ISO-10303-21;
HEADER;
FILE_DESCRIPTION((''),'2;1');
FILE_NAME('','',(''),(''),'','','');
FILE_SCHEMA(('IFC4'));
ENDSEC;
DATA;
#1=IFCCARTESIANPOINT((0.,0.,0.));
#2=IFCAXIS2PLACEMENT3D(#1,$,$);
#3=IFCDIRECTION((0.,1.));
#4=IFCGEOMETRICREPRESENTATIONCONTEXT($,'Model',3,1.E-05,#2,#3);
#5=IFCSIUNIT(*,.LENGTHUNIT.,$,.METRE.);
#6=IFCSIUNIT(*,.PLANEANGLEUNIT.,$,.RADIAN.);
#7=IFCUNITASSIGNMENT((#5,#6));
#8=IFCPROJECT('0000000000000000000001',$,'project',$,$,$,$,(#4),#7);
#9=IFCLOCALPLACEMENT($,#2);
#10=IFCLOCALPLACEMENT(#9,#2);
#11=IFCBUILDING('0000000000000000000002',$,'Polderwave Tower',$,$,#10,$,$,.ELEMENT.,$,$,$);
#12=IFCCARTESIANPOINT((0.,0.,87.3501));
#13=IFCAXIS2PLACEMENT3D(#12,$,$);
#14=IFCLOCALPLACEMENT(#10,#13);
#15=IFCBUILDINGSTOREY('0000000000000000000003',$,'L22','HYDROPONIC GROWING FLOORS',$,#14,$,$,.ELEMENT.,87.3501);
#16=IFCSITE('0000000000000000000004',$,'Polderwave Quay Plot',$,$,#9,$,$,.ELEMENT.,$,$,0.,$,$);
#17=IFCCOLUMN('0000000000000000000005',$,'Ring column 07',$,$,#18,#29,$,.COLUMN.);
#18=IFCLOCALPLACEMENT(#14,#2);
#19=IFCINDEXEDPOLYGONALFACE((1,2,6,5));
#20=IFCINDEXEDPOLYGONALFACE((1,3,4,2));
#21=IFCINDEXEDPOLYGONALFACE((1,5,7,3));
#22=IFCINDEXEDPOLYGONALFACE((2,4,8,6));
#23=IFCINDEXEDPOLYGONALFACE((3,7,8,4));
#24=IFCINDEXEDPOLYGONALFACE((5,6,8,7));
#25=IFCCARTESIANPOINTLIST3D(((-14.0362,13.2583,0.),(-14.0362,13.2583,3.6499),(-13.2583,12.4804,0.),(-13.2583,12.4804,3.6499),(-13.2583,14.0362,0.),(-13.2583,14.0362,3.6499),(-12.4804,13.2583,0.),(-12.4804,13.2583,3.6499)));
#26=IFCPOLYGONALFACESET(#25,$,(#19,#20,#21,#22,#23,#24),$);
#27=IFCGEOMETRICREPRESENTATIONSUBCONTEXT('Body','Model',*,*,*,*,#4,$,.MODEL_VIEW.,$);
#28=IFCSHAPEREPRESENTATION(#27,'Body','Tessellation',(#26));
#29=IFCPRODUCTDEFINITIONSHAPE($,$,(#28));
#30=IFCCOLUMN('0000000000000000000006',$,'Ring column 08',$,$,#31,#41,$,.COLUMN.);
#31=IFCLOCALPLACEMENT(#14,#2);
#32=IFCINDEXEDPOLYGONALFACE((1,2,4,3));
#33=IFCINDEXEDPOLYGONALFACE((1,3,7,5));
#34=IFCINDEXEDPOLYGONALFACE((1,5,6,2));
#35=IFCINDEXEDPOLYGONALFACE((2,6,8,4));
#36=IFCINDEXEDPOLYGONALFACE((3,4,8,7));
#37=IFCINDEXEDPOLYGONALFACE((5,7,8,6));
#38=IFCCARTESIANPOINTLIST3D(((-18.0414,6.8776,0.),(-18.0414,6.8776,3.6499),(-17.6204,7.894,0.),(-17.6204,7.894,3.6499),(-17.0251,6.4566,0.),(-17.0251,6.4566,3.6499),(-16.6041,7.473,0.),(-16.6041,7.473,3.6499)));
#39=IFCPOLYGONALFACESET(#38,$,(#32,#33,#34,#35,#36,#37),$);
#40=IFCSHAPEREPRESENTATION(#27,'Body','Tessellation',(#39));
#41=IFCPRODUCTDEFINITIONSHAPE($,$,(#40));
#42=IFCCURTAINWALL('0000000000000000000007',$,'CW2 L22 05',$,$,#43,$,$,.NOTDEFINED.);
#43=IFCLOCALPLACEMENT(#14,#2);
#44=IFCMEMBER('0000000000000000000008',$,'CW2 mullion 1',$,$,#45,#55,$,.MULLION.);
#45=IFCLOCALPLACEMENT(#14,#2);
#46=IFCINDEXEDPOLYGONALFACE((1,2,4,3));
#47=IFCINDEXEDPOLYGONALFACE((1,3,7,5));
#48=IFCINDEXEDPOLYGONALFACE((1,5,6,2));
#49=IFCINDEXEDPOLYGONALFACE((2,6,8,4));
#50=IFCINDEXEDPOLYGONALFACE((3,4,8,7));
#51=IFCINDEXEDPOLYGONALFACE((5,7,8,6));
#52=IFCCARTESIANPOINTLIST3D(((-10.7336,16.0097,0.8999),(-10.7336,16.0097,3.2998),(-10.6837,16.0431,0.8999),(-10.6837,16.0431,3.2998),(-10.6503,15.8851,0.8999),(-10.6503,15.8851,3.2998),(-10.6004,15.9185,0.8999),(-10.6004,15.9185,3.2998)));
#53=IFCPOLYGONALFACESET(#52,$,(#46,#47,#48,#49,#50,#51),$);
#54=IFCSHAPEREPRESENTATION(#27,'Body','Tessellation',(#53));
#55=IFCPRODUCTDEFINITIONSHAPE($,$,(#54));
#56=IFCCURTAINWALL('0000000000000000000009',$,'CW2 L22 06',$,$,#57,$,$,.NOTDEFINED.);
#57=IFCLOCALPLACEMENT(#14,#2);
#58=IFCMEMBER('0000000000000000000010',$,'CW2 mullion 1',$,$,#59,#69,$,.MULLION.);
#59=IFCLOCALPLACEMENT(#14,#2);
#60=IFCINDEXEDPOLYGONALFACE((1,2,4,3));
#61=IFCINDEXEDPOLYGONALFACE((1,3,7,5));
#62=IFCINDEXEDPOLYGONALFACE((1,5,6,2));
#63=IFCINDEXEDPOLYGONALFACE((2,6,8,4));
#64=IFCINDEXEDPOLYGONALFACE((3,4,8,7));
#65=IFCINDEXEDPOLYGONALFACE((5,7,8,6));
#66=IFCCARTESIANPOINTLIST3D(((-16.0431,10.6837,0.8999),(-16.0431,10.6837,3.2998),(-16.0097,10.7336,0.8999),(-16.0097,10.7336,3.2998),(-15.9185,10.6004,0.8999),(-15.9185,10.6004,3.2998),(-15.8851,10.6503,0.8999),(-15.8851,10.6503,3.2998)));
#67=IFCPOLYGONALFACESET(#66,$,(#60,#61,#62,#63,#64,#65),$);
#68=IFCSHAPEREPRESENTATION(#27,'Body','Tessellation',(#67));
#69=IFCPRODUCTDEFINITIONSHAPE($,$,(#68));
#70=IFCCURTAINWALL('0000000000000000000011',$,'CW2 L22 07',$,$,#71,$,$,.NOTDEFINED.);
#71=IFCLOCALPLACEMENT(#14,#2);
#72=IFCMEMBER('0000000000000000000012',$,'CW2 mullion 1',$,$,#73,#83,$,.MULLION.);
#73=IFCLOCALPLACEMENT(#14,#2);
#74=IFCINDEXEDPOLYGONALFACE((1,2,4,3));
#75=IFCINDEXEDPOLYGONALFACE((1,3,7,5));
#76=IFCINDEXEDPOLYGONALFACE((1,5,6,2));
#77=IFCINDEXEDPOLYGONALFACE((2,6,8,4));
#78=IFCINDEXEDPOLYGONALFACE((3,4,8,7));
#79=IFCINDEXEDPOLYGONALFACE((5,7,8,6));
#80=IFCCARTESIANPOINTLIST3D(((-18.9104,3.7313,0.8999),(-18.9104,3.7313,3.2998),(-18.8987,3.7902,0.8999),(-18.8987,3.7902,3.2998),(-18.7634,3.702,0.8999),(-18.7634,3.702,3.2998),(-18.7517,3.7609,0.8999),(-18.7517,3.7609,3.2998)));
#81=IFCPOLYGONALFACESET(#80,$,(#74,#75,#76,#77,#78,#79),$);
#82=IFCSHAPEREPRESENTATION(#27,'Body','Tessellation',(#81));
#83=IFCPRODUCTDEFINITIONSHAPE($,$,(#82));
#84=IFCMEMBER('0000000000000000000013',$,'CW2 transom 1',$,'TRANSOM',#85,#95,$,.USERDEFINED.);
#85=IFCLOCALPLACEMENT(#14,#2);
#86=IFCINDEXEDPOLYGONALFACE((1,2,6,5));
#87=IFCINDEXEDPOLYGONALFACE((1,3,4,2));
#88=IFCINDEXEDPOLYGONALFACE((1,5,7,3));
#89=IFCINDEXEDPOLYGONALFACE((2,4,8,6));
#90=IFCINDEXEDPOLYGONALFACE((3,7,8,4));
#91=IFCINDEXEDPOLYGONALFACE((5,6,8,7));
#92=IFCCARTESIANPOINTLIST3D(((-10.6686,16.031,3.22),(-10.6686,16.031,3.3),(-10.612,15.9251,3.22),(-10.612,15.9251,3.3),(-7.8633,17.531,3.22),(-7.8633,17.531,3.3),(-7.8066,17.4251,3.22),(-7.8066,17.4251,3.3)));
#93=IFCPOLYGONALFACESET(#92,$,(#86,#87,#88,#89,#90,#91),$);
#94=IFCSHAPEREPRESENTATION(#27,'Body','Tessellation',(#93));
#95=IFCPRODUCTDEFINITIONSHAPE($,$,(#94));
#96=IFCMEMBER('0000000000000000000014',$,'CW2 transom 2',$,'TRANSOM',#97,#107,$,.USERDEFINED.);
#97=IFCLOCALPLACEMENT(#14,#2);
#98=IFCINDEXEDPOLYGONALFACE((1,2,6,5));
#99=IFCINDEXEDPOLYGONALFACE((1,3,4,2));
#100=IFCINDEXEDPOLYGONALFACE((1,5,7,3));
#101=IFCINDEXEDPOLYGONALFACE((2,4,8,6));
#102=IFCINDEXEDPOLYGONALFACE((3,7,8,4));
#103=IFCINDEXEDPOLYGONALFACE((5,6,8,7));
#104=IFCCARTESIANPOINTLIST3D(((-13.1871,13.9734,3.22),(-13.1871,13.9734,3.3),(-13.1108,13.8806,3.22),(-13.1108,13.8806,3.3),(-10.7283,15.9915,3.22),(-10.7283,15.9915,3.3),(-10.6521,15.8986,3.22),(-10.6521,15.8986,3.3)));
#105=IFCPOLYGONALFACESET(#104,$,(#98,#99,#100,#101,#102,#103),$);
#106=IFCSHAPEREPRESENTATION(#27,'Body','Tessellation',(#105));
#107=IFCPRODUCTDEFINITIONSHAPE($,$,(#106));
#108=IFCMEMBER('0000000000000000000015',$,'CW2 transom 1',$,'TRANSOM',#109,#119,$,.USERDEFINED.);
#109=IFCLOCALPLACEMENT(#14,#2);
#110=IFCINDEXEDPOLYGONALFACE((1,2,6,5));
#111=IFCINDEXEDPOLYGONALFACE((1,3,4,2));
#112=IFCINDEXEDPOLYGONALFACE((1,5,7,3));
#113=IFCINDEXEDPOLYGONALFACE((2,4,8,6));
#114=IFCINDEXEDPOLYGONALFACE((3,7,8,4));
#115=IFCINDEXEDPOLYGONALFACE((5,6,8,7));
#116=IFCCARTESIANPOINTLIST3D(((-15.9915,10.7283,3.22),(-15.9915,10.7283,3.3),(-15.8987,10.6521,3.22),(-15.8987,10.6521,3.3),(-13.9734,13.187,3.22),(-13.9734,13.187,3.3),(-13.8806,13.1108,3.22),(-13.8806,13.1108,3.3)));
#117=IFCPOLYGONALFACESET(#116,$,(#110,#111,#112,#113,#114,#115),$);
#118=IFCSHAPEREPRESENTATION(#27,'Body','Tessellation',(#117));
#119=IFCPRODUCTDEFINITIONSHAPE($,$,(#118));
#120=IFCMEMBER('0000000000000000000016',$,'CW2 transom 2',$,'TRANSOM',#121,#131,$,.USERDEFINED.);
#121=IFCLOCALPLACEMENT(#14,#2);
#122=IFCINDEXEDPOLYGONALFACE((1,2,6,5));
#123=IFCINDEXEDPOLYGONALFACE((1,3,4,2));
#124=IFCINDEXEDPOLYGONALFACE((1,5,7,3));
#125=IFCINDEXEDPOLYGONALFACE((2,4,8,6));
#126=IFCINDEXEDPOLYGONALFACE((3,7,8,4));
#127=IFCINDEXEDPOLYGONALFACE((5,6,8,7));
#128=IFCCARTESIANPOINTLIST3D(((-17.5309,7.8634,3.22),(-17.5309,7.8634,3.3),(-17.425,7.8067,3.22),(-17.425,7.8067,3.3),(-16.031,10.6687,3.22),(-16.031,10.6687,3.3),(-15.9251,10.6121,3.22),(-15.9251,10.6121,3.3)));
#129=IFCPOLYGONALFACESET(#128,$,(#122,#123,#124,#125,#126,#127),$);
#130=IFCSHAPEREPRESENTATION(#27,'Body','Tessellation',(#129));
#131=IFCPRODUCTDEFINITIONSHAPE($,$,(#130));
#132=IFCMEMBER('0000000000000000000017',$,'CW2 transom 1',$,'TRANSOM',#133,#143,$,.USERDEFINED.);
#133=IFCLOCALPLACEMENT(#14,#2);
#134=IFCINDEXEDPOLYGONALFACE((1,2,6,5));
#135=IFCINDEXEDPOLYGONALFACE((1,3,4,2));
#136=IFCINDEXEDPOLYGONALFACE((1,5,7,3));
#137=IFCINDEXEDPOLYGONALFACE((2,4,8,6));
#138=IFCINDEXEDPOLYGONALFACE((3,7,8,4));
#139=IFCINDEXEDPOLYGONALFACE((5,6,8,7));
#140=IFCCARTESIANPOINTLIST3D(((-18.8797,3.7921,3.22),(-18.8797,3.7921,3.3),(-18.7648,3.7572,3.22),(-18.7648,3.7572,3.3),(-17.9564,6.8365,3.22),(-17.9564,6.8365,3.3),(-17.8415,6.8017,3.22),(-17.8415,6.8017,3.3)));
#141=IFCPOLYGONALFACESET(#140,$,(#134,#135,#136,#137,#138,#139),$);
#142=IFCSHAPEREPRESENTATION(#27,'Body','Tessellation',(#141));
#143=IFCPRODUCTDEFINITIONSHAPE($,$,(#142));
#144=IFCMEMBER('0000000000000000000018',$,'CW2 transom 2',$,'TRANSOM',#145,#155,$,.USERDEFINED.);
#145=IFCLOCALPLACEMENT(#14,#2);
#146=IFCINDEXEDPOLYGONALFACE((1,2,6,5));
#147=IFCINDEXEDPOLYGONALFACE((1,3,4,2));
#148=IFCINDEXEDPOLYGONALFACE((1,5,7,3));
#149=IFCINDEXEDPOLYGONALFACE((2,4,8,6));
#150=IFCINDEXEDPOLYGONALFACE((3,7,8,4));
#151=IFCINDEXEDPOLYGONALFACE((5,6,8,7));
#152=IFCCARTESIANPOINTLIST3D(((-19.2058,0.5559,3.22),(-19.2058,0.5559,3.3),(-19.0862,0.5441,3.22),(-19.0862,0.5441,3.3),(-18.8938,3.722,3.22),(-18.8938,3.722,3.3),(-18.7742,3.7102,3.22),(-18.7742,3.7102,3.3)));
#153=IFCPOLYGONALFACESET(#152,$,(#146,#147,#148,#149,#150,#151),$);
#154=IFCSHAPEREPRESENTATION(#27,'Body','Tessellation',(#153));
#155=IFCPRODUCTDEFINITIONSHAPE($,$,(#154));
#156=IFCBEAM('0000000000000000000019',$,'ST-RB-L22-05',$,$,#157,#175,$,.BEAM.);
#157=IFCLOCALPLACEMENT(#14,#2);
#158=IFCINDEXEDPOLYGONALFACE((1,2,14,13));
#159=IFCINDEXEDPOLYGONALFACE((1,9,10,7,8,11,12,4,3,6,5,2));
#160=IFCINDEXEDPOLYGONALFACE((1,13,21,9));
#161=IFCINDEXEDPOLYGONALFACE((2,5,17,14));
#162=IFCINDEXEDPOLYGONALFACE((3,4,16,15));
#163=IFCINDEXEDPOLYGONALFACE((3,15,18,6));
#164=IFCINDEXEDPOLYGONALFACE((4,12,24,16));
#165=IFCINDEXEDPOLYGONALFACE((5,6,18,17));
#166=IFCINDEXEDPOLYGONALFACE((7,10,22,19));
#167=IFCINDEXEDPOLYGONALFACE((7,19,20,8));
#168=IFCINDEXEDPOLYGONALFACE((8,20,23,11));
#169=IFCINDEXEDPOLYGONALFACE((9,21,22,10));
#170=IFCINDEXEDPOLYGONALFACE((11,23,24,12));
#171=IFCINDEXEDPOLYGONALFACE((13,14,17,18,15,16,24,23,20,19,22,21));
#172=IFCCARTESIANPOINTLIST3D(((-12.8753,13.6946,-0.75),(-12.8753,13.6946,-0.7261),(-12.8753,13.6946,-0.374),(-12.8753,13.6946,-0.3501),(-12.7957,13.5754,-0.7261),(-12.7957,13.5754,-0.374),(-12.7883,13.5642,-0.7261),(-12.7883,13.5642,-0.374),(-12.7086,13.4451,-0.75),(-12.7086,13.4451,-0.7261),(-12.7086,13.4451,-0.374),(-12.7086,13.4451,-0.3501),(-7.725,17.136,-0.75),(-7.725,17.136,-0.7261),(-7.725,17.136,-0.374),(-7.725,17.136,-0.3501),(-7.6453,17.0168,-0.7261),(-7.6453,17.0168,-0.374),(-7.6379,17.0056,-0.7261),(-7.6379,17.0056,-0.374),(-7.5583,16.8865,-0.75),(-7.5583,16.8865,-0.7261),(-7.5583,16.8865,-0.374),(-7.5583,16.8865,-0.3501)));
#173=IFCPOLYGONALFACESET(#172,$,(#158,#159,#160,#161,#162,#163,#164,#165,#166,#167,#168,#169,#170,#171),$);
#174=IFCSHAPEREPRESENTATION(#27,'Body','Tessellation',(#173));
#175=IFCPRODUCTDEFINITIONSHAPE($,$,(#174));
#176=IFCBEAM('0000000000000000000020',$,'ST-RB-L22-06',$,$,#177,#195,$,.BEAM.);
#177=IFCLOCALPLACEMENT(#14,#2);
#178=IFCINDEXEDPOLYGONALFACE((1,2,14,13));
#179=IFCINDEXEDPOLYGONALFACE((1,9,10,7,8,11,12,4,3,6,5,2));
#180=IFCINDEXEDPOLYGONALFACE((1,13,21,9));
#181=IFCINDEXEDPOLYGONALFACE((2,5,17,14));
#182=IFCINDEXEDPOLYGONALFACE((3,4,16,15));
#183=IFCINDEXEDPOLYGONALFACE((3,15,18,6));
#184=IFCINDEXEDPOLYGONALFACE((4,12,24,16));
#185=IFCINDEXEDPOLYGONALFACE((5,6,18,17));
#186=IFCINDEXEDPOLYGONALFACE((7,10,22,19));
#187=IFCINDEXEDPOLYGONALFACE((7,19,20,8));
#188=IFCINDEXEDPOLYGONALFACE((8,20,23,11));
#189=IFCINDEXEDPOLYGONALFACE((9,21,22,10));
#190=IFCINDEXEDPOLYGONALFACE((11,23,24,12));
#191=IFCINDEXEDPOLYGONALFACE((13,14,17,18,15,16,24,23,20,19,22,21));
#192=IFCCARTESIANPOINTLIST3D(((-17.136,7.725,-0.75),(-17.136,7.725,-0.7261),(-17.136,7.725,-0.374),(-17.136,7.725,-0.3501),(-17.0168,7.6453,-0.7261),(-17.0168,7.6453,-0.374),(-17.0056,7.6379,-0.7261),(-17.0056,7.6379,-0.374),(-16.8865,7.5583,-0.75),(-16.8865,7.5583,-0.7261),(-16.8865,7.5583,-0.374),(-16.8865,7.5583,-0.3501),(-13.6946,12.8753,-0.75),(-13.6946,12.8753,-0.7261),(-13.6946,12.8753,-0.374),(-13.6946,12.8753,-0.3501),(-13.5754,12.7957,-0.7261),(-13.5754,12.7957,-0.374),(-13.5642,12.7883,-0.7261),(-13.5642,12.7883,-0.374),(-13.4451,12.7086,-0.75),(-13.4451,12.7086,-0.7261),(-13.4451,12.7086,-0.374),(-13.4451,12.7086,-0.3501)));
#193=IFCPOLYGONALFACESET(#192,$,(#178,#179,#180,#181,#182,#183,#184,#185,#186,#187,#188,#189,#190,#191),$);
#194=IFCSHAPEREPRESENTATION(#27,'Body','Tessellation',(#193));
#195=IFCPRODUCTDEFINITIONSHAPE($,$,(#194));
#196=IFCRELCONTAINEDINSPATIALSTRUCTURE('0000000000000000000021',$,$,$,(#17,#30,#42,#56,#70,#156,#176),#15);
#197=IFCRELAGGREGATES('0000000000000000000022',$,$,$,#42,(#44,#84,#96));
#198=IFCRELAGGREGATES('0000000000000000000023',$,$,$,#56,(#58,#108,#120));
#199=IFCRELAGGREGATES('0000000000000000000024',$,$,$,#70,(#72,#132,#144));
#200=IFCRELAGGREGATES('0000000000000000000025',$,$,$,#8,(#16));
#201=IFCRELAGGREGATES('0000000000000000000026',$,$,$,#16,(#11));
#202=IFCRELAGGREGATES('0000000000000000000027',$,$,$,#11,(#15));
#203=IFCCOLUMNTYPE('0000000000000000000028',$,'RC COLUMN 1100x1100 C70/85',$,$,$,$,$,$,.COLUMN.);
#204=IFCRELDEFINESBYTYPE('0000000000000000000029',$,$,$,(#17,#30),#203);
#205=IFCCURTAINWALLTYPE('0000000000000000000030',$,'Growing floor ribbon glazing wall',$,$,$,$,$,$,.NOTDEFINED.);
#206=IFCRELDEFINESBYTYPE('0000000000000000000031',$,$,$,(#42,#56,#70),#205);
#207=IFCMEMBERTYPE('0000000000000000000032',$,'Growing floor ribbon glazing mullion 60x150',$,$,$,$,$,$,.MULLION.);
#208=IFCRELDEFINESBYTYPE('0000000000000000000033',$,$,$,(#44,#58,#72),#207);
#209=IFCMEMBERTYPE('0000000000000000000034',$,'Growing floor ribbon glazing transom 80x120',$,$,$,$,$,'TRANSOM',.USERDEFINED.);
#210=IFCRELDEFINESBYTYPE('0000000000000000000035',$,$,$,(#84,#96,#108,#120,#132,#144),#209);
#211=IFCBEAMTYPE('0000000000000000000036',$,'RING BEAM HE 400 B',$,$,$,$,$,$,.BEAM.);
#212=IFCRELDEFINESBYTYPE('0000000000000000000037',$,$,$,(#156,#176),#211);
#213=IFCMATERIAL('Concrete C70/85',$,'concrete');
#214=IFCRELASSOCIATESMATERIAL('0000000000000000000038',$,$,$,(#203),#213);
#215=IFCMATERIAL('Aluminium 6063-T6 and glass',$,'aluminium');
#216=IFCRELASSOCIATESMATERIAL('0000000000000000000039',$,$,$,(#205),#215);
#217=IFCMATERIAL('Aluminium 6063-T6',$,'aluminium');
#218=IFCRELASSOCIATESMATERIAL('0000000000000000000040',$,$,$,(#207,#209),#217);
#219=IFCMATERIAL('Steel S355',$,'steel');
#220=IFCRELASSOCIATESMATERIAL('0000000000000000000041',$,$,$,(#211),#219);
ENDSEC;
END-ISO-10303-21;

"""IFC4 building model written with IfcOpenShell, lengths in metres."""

from ifc_helpers import new_model, si_unit, direction, frame, origin, origin_2d, place, context, subcontext, project, spatial, rectangle, i_section, extrude, material, material_profile, profile_set, type_object, element, aggregate, save


model = new_model("IFC4")

# Units and contexts
model_context = context("Model", 3, precision=1e-05, world=origin(), true_north=direction((0.0, 1.0)))
body_context = subcontext(model_context, "Body", "Model", "MODEL_VIEW")
ifc_project = project(units=[si_unit("LENGTHUNIT", "METRE"), si_unit("PLANEANGLEUNIT", "RADIAN")], contexts=[model_context])

# Site, building, storey
site_placement = place(None, origin())
site = spatial("IfcSite", under=ifc_project, at=site_placement, Name="Polderwave Quay Plot", CompositionType="ELEMENT", RefElevation=0.0)
building_placement = place(site_placement, origin())
building = spatial("IfcBuilding", under=site, at=building_placement, Name="Polderwave Tower", CompositionType="ELEMENT")
storey_placement = place(building_placement, frame((0.0, 0.0, 87.3501)))
storey = spatial("IfcBuildingStorey", under=building, at=storey_placement, Name="L22", Description="HYDROPONIC GROWING FLOORS", CompositionType="ELEMENT", Elevation=87.3501)

# Columns
ifc_material_1 = material(Name="Concrete C70/85", Category="concrete")
ifc_material_profile_1 = material_profile(ifc_material_1, rectangle(XDim=1.1001, YDim=1.1001, at=origin_2d()), Name="RC 1100x1100")
ifc_profile_set_1 = profile_set([ifc_material_profile_1], Name="Concrete C70/85")
column_type = type_object("IfcColumnType", Name="RC COLUMN 1100x1100 C70/85", PredefinedType="COLUMN", material=ifc_profile_set_1)
for number, where, z_axis, x_axis, name in (
    (1, (-13.2583, 13.2583, 0.0), (0.0, 0.0, 1.0), (-0.707107, 0.707107, 0.0), "Ring column 07"),
    (2, (-17.3228, 7.1753, 0.0), (0.0, 0.0, 1.0), (-0.92388, 0.382683, 0.0), "Ring column 08"),
):
    element("IfcColumn", number, at=place(storey_placement, frame(where, z_axis=z_axis, x_axis=x_axis)), inside=storey, type_object=column_type, Name=name, PredefinedType="COLUMN", context=body_context, shape_type="SweptSolid", body=[
        extrude(rectangle(XDim=1.1001, YDim=1.1001, at=origin_2d()), origin(), (0.0, 0.0, 1.0), 3.6499),
    ])

# Curtain walls, members
ifc_material_2 = material(Name="Aluminium 6063-T6 and glass", Category="aluminium")
curtain_wall_type = type_object("IfcCurtainWallType", Name="Growing floor ribbon glazing wall", PredefinedType="NOTDEFINED", material=ifc_material_2)
curtain_wall_1_placement = place(storey_placement, origin())
curtain_wall_1 = element("IfcCurtainWall", 3, at=curtain_wall_1_placement, inside=storey, type_object=curtain_wall_type, Name="CW2 L22 05", PredefinedType="NOTDEFINED")
ifc_material_3 = material(Name="Aluminium 6063-T6", Category="aluminium")
ifc_material_profile_2 = material_profile(ifc_material_3, rectangle(XDim=0.1499, YDim=0.0601, at=origin_2d()), Name="AL 60x150")
ifc_profile_set_2 = profile_set([ifc_material_profile_2], Name="Aluminium 6063-T6")
member_type_1 = type_object("IfcMemberType", Name="Growing floor ribbon glazing mullion 60x150", PredefinedType="MULLION", material=ifc_profile_set_2)
member_1_placement = place(storey_placement, frame((-10.667, 15.9641, 0.8999), z_axis=(0.0, 0.0, 1.0), x_axis=(0.555608, -0.831444, 0.0)))
member_1 = element("IfcMember", 4, at=member_1_placement, type_object=member_type_1, Name="CW2 mullion 1", PredefinedType="MULLION", context=body_context, shape_type="SweptSolid", body=[
    extrude(rectangle(XDim=0.1499, YDim=0.0601, at=origin_2d()), origin(), (0.0, 0.0, 1.0), 2.3999),
])
curtain_wall_2_placement = place(storey_placement, origin())
curtain_wall_2 = element("IfcCurtainWall", 5, at=curtain_wall_2_placement, inside=storey, type_object=curtain_wall_type, Name="CW2 L22 06", PredefinedType="NOTDEFINED")
member_2_placement = place(storey_placement, frame((-15.9641, 10.667, 0.8999), z_axis=(0.0, 0.0, 1.0), x_axis=(0.831444, -0.555608, 0.0)))
member_2 = element("IfcMember", 6, at=member_2_placement, type_object=member_type_1, Name="CW2 mullion 1", PredefinedType="MULLION", context=body_context, shape_type="SweptSolid", body=[
    extrude(rectangle(XDim=0.1499, YDim=0.0601, at=origin_2d()), origin(), (0.0, 0.0, 1.0), 2.3999),
])
curtain_wall_3_placement = place(storey_placement, origin())
curtain_wall_3 = element("IfcCurtainWall", 7, at=curtain_wall_3_placement, inside=storey, type_object=curtain_wall_type, Name="CW2 L22 07", PredefinedType="NOTDEFINED")
member_3_placement = place(storey_placement, frame((-18.8311, 3.7461, 0.8999), z_axis=(0.0, 0.0, 1.0), x_axis=(0.980784, -0.195097, 0.0)))
member_3 = element("IfcMember", 8, at=member_3_placement, type_object=member_type_1, Name="CW2 mullion 1", PredefinedType="MULLION", context=body_context, shape_type="SweptSolid", body=[
    extrude(rectangle(XDim=0.1499, YDim=0.0601, at=origin_2d()), origin(), (0.0, 0.0, 1.0), 2.3999),
])

# Members
ifc_material_profile_3 = material_profile(ifc_material_3, rectangle(XDim=0.1201, YDim=0.0801, at=origin_2d()), Name="AL 80x120")
ifc_profile_set_3 = profile_set([ifc_material_profile_3], Name="Aluminium 6063-T6")
member_type_2 = type_object("IfcMemberType", Name="Growing floor ribbon glazing transom 80x120", ElementType="TRANSOM", PredefinedType="USERDEFINED", material=ifc_profile_set_3)
member_4_placement = place(storey_placement, frame((-7.835, 17.478, 3.26), z_axis=(-0.88186, -0.471512, 0.0), x_axis=(0.471512, -0.88186, 0.0)))
member_4 = element("IfcMember", 9, at=member_4_placement, type_object=member_type_2, Name="CW2 transom 1", ObjectType="TRANSOM", PredefinedType="USERDEFINED", context=body_context, shape_type="SweptSolid", body=[
    extrude(rectangle(XDim=0.1201, YDim=0.0801, at=origin_2d()), origin(), (0.0, 0.0, 1.0), 3.1812),
])
member_5_placement = place(storey_placement, frame((-10.6902, 15.9451, 3.26), z_axis=(-0.772975, -0.634437, 0.0), x_axis=(0.634437, -0.772975, 0.0)))
member_5 = element("IfcMember", 10, at=member_5_placement, type_object=member_type_2, Name="CW2 transom 2", ObjectType="TRANSOM", PredefinedType="USERDEFINED", context=body_context, shape_type="SweptSolid", body=[
    extrude(rectangle(XDim=0.1201, YDim=0.0801, at=origin_2d()), origin(), (0.0, 0.0, 1.0), 3.1809),
])
member_6_placement = place(storey_placement, frame((-13.927, 13.1489, 3.26), z_axis=(-0.634437, -0.772975, 0.0), x_axis=(0.772975, -0.634437, 0.0)))
member_6 = element("IfcMember", 11, at=member_6_placement, type_object=member_type_2, Name="CW2 transom 1", ObjectType="TRANSOM", PredefinedType="USERDEFINED", context=body_context, shape_type="SweptSolid", body=[
    extrude(rectangle(XDim=0.1201, YDim=0.0801, at=origin_2d()), origin(), (0.0, 0.0, 1.0), 3.1809),
])
member_7_placement = place(storey_placement, frame((-15.978, 10.6404, 3.26), z_axis=(-0.471512, -0.88186, 0.0), x_axis=(0.88186, -0.471512, 0.0)))
member_7 = element("IfcMember", 12, at=member_7_placement, type_object=member_type_2, Name="CW2 transom 2", ObjectType="TRANSOM", PredefinedType="USERDEFINED", context=body_context, shape_type="SweptSolid", body=[
    extrude(rectangle(XDim=0.1201, YDim=0.0801, at=origin_2d()), origin(), (0.0, 0.0, 1.0), 3.1812),
])
member_8_placement = place(storey_placement, frame((-17.8989, 6.8191, 3.26), z_axis=(-0.290233, -0.956956, 0.0), x_axis=(0.956956, -0.290233, 0.0)))
member_8 = element("IfcMember", 13, at=member_8_placement, type_object=member_type_2, Name="CW2 transom 1", ObjectType="TRANSOM", PredefinedType="USERDEFINED", context=body_context, shape_type="SweptSolid", body=[
    extrude(rectangle(XDim=0.1201, YDim=0.0801, at=origin_2d()), origin(), (0.0, 0.0, 1.0), 3.1814),
])
member_9_placement = place(storey_placement, frame((-18.834, 3.7161, 3.26), z_axis=(-0.098075, -0.995179, 0.0), x_axis=(0.995179, -0.098075, 0.0)))
member_9 = element("IfcMember", 14, at=member_9_placement, type_object=member_type_2, Name="CW2 transom 2", ObjectType="TRANSOM", PredefinedType="USERDEFINED", context=body_context, shape_type="SweptSolid", body=[
    extrude(rectangle(XDim=0.1201, YDim=0.0801, at=origin_2d()), origin(), (0.0, 0.0, 1.0), 3.1814),
])

# Beams
ifc_material_4 = material(Name="Steel S355", Category="steel")
ifc_material_profile_4 = material_profile(ifc_material_4, i_section(OverallWidth=0.3, OverallDepth=0.3999, WebThickness=0.0134, FlangeThickness=0.0239, at=origin_2d()), Name="HE 400 B")
ifc_profile_set_4 = profile_set([ifc_material_profile_4], Name="Steel S355")
beam_type = type_object("IfcBeamType", Name="RING BEAM HE 400 B", PredefinedType="BEAM", material=ifc_profile_set_4)
for number, where, z_axis, x_axis, name in (
    (15, (-7.6416, 17.0112, -0.55), (-0.831468, -0.555573, 0.0), (0.555573, -0.831468, 0.0), "ST-RB-L22-05"),
    (16, (-13.5698, 12.792, -0.55), (-0.555573, -0.831468, 0.0), (0.831468, -0.555573, 0.0), "ST-RB-L22-06"),
):
    element("IfcBeam", number, at=place(storey_placement, frame(where, z_axis=z_axis, x_axis=x_axis)), inside=storey, type_object=beam_type, Name=name, PredefinedType="BEAM", context=body_context, shape_type="SweptSolid", body=[
        extrude(i_section(OverallWidth=0.3, OverallDepth=0.3999, WebThickness=0.0134, FlangeThickness=0.0239, at=origin_2d()), origin(), (0.0, 0.0, 1.0), 6.1943),
    ])

aggregate(curtain_wall_1, [member_1, member_4, member_5])
aggregate(curtain_wall_2, [member_2, member_6, member_7])
aggregate(curtain_wall_3, [member_3, member_8, member_9])

save(model, "model.ifc")
